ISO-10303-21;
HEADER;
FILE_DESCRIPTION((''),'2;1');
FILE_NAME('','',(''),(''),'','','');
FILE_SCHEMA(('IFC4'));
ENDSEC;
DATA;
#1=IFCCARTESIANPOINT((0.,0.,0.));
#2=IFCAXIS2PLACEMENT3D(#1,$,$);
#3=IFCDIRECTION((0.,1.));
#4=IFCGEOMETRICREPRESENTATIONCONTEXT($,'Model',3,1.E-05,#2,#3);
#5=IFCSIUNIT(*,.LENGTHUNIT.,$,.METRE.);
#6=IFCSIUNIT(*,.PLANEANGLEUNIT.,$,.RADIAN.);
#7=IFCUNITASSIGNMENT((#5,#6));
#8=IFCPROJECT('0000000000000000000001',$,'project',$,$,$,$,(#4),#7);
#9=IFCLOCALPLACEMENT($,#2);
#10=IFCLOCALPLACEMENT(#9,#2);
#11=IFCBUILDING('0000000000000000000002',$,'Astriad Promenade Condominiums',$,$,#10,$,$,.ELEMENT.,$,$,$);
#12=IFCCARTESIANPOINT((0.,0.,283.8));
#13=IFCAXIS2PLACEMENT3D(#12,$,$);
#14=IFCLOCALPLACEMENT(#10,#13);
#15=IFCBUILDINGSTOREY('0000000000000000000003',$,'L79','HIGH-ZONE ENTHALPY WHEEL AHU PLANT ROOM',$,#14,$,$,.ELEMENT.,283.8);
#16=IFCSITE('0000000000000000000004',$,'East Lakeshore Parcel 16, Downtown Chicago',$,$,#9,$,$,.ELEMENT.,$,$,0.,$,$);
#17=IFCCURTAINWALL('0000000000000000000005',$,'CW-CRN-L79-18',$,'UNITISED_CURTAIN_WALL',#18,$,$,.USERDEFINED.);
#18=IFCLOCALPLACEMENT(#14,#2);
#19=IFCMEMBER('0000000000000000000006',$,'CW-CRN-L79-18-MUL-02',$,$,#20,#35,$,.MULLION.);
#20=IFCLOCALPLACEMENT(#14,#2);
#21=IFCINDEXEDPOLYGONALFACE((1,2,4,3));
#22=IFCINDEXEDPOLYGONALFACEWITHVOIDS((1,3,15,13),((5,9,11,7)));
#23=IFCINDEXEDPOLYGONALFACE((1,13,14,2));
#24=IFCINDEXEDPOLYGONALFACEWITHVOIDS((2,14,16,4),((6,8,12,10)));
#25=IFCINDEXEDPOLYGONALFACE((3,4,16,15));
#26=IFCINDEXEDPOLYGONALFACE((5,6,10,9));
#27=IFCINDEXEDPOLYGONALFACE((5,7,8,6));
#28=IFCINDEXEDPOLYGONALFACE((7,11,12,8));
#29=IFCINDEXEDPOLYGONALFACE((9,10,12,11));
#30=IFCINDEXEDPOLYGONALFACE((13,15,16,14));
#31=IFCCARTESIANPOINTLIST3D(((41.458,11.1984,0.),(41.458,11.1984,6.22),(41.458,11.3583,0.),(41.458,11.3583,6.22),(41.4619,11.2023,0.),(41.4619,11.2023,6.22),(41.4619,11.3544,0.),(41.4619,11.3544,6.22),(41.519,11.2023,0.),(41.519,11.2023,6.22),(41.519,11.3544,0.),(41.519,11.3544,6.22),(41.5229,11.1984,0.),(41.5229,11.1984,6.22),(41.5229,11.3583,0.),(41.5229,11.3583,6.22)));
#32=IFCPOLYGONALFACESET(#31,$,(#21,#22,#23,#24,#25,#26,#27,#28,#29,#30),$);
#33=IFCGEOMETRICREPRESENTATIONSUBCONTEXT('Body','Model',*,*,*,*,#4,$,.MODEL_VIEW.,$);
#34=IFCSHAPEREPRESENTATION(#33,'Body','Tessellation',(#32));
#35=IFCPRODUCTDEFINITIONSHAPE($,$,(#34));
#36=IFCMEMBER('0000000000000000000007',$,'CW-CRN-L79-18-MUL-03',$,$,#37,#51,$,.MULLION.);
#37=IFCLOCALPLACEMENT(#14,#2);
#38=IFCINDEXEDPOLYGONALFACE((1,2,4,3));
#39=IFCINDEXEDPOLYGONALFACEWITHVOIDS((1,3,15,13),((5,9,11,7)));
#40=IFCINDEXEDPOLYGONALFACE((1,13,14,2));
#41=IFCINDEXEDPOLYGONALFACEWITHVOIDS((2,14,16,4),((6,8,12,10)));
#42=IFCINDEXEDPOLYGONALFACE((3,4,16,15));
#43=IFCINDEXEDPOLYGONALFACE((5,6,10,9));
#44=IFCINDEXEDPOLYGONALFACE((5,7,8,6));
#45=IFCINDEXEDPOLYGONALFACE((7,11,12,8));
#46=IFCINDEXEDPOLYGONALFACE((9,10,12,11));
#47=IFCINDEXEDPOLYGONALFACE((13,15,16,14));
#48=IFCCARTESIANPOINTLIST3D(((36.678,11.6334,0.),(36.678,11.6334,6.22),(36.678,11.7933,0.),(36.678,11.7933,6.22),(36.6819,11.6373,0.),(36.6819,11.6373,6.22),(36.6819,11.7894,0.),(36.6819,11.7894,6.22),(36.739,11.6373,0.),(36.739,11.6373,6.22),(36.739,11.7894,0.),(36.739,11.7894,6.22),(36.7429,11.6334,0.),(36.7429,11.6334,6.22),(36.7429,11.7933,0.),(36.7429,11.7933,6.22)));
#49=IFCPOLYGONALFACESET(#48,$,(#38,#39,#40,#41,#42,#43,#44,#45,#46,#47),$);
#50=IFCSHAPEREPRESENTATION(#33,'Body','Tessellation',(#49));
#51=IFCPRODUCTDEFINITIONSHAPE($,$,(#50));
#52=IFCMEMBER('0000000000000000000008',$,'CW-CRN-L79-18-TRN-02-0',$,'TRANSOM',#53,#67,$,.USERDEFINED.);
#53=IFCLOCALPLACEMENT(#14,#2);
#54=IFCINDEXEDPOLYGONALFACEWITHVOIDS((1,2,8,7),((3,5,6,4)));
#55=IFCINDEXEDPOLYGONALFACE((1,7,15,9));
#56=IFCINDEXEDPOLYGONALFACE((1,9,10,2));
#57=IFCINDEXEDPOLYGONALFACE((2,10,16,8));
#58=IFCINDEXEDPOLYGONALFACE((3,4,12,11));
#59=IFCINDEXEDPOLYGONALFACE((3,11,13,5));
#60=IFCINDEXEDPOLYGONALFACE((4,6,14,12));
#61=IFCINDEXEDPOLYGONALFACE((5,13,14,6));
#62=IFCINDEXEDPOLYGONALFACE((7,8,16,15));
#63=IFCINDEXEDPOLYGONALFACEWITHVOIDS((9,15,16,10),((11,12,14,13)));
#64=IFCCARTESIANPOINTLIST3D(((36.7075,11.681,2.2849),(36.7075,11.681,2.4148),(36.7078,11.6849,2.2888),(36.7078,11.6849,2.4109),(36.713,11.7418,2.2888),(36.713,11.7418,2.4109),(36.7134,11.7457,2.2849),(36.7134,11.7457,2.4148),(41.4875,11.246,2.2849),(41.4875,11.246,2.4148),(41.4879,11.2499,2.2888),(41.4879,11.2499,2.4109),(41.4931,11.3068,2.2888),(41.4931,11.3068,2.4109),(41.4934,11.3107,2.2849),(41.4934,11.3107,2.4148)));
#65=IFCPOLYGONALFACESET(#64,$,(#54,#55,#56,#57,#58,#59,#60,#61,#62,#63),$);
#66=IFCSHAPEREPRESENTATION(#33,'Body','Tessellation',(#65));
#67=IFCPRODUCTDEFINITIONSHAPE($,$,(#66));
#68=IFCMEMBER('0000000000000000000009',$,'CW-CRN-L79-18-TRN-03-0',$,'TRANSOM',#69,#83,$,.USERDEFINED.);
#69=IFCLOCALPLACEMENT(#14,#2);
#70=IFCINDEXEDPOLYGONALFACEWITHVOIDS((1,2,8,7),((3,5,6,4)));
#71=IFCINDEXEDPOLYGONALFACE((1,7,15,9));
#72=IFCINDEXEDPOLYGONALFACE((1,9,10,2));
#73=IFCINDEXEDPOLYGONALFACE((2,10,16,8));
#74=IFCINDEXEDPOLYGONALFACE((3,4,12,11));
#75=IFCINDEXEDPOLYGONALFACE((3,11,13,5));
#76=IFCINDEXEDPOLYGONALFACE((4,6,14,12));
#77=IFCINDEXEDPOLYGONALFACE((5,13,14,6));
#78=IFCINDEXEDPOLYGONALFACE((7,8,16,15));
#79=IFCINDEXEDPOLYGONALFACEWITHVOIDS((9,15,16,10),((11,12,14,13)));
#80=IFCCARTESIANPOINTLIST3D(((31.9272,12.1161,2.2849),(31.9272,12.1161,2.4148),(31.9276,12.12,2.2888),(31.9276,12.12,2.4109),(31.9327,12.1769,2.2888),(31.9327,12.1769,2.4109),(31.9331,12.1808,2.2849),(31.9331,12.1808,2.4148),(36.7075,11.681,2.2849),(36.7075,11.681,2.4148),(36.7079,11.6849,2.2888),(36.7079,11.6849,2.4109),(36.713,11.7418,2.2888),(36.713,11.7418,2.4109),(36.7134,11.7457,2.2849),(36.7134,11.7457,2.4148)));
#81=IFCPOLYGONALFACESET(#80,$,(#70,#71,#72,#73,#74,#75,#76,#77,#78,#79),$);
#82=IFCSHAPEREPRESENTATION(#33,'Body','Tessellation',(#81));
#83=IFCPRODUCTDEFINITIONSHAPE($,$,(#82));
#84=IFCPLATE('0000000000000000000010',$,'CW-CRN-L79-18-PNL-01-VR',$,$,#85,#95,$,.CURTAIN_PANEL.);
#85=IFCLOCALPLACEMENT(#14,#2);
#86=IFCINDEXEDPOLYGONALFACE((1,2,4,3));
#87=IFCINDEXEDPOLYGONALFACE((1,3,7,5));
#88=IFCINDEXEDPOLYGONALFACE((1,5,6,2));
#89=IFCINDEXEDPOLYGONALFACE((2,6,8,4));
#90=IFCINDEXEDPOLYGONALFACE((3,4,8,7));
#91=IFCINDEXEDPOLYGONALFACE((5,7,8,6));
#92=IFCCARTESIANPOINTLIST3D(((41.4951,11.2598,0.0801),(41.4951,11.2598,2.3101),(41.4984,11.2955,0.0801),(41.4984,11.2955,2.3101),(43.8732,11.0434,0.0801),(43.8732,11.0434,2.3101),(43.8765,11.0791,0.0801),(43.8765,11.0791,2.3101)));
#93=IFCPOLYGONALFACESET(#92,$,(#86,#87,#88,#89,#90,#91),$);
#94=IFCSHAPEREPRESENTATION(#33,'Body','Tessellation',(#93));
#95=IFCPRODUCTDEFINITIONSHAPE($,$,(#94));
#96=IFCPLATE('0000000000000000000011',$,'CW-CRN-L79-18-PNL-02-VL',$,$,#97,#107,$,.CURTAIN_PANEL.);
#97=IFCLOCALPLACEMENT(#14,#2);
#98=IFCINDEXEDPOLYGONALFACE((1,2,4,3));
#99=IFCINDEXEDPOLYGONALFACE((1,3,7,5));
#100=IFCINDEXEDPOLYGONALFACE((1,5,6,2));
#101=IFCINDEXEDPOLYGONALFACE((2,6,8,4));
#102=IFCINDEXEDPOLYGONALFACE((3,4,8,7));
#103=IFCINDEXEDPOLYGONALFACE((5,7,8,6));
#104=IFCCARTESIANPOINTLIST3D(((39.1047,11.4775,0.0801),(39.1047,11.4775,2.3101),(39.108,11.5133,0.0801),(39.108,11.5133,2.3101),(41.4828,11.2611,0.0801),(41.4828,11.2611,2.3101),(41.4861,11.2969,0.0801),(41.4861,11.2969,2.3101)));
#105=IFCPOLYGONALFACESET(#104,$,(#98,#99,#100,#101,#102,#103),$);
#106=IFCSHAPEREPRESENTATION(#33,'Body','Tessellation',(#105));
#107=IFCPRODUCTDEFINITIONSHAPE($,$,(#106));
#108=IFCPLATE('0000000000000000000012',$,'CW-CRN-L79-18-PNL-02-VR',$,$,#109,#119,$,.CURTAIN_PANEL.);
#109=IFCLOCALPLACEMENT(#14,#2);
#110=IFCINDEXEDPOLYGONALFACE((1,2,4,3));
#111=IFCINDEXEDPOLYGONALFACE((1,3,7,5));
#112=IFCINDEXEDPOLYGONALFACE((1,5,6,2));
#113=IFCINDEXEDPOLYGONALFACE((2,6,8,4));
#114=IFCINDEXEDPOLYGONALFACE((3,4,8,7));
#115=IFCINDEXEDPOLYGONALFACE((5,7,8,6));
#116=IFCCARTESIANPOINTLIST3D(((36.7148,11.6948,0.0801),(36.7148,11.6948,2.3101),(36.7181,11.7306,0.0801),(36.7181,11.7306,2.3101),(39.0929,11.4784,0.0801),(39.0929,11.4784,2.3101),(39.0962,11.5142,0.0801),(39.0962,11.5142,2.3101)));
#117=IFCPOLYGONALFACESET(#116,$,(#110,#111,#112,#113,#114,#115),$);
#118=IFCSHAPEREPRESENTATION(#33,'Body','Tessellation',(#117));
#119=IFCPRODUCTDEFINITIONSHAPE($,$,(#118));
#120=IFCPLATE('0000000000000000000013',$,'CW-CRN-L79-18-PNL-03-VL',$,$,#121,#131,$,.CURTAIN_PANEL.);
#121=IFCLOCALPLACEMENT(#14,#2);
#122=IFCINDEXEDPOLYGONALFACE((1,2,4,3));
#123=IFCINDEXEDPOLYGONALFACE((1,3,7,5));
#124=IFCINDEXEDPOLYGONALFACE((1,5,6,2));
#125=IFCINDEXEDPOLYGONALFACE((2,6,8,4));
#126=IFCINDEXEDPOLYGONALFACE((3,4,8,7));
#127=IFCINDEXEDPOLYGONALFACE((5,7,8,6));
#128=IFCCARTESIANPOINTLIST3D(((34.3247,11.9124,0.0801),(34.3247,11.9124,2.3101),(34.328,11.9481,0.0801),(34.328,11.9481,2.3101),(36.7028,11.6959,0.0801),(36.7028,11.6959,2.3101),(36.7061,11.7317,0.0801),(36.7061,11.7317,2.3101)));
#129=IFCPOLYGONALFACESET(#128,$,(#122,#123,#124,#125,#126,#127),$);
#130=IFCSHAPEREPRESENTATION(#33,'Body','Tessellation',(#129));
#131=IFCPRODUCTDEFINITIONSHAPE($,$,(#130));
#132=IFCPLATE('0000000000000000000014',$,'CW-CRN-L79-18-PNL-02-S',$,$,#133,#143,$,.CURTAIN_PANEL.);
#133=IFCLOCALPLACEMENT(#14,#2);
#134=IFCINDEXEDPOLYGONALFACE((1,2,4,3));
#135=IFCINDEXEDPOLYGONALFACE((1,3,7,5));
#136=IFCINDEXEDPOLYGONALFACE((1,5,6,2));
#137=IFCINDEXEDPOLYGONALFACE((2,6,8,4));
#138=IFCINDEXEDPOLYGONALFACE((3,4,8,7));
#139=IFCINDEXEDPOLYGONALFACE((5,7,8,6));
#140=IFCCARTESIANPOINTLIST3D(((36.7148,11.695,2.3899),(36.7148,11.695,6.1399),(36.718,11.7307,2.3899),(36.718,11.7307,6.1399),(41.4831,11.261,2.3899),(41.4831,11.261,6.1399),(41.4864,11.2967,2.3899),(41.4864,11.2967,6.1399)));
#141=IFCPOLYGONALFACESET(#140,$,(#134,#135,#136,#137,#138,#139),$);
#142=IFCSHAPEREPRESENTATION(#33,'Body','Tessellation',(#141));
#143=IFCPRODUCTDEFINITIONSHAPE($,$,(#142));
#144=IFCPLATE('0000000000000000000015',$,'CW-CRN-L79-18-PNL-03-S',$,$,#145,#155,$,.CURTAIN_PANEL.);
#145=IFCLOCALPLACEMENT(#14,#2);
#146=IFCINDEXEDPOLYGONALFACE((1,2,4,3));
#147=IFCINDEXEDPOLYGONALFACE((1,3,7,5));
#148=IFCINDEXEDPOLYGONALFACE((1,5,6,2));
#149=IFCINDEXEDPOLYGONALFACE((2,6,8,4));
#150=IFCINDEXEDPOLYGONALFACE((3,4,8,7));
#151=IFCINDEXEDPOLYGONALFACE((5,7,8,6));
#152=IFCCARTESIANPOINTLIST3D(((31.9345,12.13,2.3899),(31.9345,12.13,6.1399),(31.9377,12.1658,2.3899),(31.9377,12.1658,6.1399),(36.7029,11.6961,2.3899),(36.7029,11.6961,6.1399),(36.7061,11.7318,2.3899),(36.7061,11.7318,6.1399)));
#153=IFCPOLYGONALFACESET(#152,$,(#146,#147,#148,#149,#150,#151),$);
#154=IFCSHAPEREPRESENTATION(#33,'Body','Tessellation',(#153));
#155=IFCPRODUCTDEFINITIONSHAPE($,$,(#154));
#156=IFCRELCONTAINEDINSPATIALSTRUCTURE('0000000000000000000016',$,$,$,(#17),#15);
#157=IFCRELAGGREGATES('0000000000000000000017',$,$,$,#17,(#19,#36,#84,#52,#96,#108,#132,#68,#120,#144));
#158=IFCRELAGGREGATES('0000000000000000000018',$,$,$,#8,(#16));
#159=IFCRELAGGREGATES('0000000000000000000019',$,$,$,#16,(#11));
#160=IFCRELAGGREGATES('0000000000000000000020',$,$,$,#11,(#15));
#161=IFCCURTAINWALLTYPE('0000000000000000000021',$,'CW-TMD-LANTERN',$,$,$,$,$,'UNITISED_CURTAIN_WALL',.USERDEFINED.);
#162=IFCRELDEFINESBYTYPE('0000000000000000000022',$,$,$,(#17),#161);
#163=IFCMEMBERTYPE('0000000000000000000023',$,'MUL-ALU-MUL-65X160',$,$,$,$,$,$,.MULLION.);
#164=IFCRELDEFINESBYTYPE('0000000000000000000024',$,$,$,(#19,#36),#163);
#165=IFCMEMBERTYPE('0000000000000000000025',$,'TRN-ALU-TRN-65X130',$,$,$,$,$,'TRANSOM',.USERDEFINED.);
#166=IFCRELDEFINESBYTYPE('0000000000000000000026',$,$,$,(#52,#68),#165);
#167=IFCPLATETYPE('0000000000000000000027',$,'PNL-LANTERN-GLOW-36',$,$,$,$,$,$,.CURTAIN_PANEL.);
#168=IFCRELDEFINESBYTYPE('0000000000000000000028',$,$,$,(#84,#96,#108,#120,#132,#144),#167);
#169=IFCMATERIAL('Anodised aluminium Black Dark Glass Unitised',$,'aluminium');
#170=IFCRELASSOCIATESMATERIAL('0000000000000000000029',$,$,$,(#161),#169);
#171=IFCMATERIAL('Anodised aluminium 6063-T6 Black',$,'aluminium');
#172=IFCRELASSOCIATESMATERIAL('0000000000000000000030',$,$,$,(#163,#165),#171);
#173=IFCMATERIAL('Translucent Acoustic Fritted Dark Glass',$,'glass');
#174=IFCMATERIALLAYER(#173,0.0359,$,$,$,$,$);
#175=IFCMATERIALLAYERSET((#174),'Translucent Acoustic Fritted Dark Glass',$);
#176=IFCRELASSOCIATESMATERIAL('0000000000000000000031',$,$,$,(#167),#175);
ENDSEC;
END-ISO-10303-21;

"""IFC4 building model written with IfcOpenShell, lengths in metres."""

from ifc_helpers import new_model, si_unit, direction, frame, origin, origin_2d, place, context, subcontext, project, spatial, rectangle, hollow_rectangle, extrude, source, transform, mapped, material, layer, layer_set, material_profile, profile_set, type_object, type_shapes, element, aggregate, save


model = new_model("IFC4")

# Units and contexts
model_context = context("Model", 3, precision=1e-05, world=origin(), true_north=direction((0.0, 1.0)))
body_context = subcontext(model_context, "Body", "Model", "MODEL_VIEW")
ifc_project = project(units=[si_unit("LENGTHUNIT", "METRE"), si_unit("PLANEANGLEUNIT", "RADIAN")], contexts=[model_context])

# Site, building, storey
site_placement = place(None, origin())
site = spatial("IfcSite", under=ifc_project, at=site_placement, Name="East Lakeshore Parcel 16, Downtown Chicago", CompositionType="ELEMENT", RefElevation=0.0)
building_placement = place(site_placement, origin())
building = spatial("IfcBuilding", under=site, at=building_placement, Name="Astriad Promenade Condominiums", CompositionType="ELEMENT")
storey_placement = place(building_placement, frame((0.0, 0.0, 283.8)))
storey = spatial("IfcBuildingStorey", under=building, at=storey_placement, Name="L79", Description="HIGH-ZONE ENTHALPY WHEEL AHU PLANT ROOM", CompositionType="ELEMENT", Elevation=283.8)

# Curtain wall, members, plates
ifc_material_1 = material(Name="Anodised aluminium Black Dark Glass Unitised", Category="aluminium")
curtain_wall_type = type_object("IfcCurtainWallType", Name="CW-TMD-LANTERN", ElementType="UNITISED_CURTAIN_WALL", PredefinedType="USERDEFINED", material=ifc_material_1)
curtain_wall_placement = place(storey_placement, origin())
curtain_wall = element("IfcCurtainWall", 1, at=curtain_wall_placement, inside=storey, type_object=curtain_wall_type, Name="CW-CRN-L79-18", ObjectType="UNITISED_CURTAIN_WALL", PredefinedType="USERDEFINED")
ifc_material_2 = material(Name="Anodised aluminium 6063-T6 Black", Category="aluminium")
ifc_material_profile_1 = material_profile(ifc_material_2, hollow_rectangle(XDim=0.0649, YDim=0.1599, WallThickness=0.0039, at=origin_2d()), Name="ALU-MUL-65X160")
ifc_profile_set_1 = profile_set([ifc_material_profile_1], Name="Anodised aluminium 6063-T6 Black")
member_type_1 = type_object("IfcMemberType", Name="MUL-ALU-MUL-65X160", PredefinedType="MULLION", material=ifc_profile_set_1)
shared_shape_1 = source(origin(), body_context, "Body", "SweptSolid", [
    extrude(hollow_rectangle(XDim=0.0649, YDim=0.1599, WallThickness=0.0039, at=origin_2d()), origin(), (0.0, 0.0, 1.0), 6.22),
])
type_shapes(member_type_1, [shared_shape_1])
member_1_placement = place(storey_placement, frame((41.4905, 11.2783, 0.0), z_axis=(0.0, 0.0, 1.0), x_axis=(1.0, 0.0, 0.0)))
member_1 = element("IfcMember", 2, at=member_1_placement, type_object=member_type_1, Name="CW-CRN-L79-18-MUL-02", PredefinedType="MULLION", context=body_context, shape_type="MappedRepresentation", body=[
    mapped(shared_shape_1, transform((0.0, 0.0, 0.0), scale=1.0)),
])
member_2_placement = place(storey_placement, frame((36.7104, 11.7134, 0.0), z_axis=(0.0, 0.0, 1.0), x_axis=(1.0, 0.0, 0.0)))
member_2 = element("IfcMember", 3, at=member_2_placement, type_object=member_type_1, Name="CW-CRN-L79-18-MUL-03", PredefinedType="MULLION", context=body_context, shape_type="MappedRepresentation", body=[
    mapped(shared_shape_1, transform((0.0, 0.0, 0.0), scale=1.0)),
])
ifc_material_profile_2 = material_profile(ifc_material_2, hollow_rectangle(XDim=0.0649, YDim=0.1299, WallThickness=0.0039, at=origin_2d()), Name="ALU-TRN-65X130")
ifc_profile_set_2 = profile_set([ifc_material_profile_2], Name="Anodised aluminium 6063-T6 Black")
member_type_2 = type_object("IfcMemberType", Name="TRN-ALU-TRN-65X130", ElementType="TRANSOM", PredefinedType="USERDEFINED", material=ifc_profile_set_2)
shared_shape_2 = source(origin(), body_context, "Body", "SweptSolid", [
    extrude(hollow_rectangle(XDim=0.0649, YDim=0.1299, WallThickness=0.0039, at=origin_2d()), origin(), (0.0, 0.0, 1.0), 4.7998),
])
member_3_placement = place(storey_placement, frame((41.4905, 11.2783, 2.3499), z_axis=(-0.995884, 0.090641, 0.0), x_axis=(-0.090641, -0.995884, 0.0)))
member_3 = element("IfcMember", 4, at=member_3_placement, type_object=member_type_2, Name="CW-CRN-L79-18-TRN-02-0", ObjectType="TRANSOM", PredefinedType="USERDEFINED", context=body_context, shape_type="MappedRepresentation", body=[
    mapped(shared_shape_2, transform((0.0, 0.0, 0.0), scale=1.0)),
])
shared_shape_3 = source(origin(), body_context, "Body", "SweptSolid", [
    extrude(hollow_rectangle(XDim=0.0649, YDim=0.1299, WallThickness=0.0039, at=origin_2d()), origin(), (0.0, 0.0, 1.0), 4.8),
])
type_shapes(member_type_2, [shared_shape_2, shared_shape_3])
member_4_placement = place(storey_placement, frame((36.7104, 11.7134, 2.3499), z_axis=(-0.995884, 0.090637, 0.0), x_axis=(-0.090637, -0.995884, 0.0)))
member_4 = element("IfcMember", 5, at=member_4_placement, type_object=member_type_2, Name="CW-CRN-L79-18-TRN-03-0", ObjectType="TRANSOM", PredefinedType="USERDEFINED", context=body_context, shape_type="MappedRepresentation", body=[
    mapped(shared_shape_3, transform((0.0, 0.0, 0.0), scale=1.0)),
])
ifc_material_3 = material(Name="Translucent Acoustic Fritted Dark Glass", Category="glass")
ifc_layer_1 = layer(ifc_material_3, 0.0359)
ifc_layer_set_1 = layer_set([ifc_layer_1], Name="Translucent Acoustic Fritted Dark Glass")
plate_type = type_object("IfcPlateType", Name="PNL-LANTERN-GLOW-36", PredefinedType="CURTAIN_PANEL", material=ifc_layer_set_1)
shared_shape_4 = source(origin(), body_context, "Body", "SweptSolid", [
    extrude(rectangle(XDim=2.3879, YDim=0.0359, at=origin_2d()), origin(), (0.0, 0.0, 1.0), 2.23),
])
plate_1_placement = place(storey_placement, frame((42.6858, 11.1694, 0.0801), z_axis=(0.0, 0.0, 1.0), x_axis=(-0.995884, 0.090633, 0.0)))
plate_1 = element("IfcPlate", 6, at=plate_1_placement, type_object=plate_type, Name="CW-CRN-L79-18-PNL-01-VR", PredefinedType="CURTAIN_PANEL", context=body_context, shape_type="MappedRepresentation", body=[
    mapped(shared_shape_4, transform((0.0, 0.0, 0.0), scale=1.0)),
])
plate_2_placement = place(storey_placement, frame((40.2954, 11.3872, 0.0801), z_axis=(0.0, 0.0, 1.0), x_axis=(-0.995884, 0.090633, 0.0)))
plate_2 = element("IfcPlate", 7, at=plate_2_placement, type_object=plate_type, Name="CW-CRN-L79-18-PNL-02-VL", PredefinedType="CURTAIN_PANEL", context=body_context, shape_type="MappedRepresentation", body=[
    mapped(shared_shape_4, transform((0.0, 0.0, 0.0), scale=1.0)),
])
plate_3_placement = place(storey_placement, frame((37.9055, 11.6045, 0.0801), z_axis=(0.0, 0.0, 1.0), x_axis=(-0.995884, 0.090633, 0.0)))
plate_3 = element("IfcPlate", 8, at=plate_3_placement, type_object=plate_type, Name="CW-CRN-L79-18-PNL-02-VR", PredefinedType="CURTAIN_PANEL", context=body_context, shape_type="MappedRepresentation", body=[
    mapped(shared_shape_4, transform((0.0, 0.0, 0.0), scale=1.0)),
])
plate_4_placement = place(storey_placement, frame((35.5154, 11.822, 0.0801), z_axis=(0.0, 0.0, 1.0), x_axis=(-0.995884, 0.090633, 0.0)))
plate_4 = element("IfcPlate", 9, at=plate_4_placement, type_object=plate_type, Name="CW-CRN-L79-18-PNL-03-VL", PredefinedType="CURTAIN_PANEL", context=body_context, shape_type="MappedRepresentation", body=[
    mapped(shared_shape_4, transform((0.0, 0.0, 0.0), scale=1.0)),
])
shared_shape_5 = source(origin(), body_context, "Body", "SweptSolid", [
    extrude(rectangle(XDim=4.7881, YDim=0.0359, at=origin_2d()), origin(), (0.0, 0.0, 1.0), 3.75),
])
type_shapes(plate_type, [shared_shape_4, shared_shape_5])
plate_5_placement = place(storey_placement, frame((39.1006, 11.4958, 2.3899), z_axis=(0.0, 0.0, 1.0), x_axis=(-0.995884, 0.090633, 0.0)))
plate_5 = element("IfcPlate", 10, at=plate_5_placement, type_object=plate_type, Name="CW-CRN-L79-18-PNL-02-S", PredefinedType="CURTAIN_PANEL", context=body_context, shape_type="MappedRepresentation", body=[
    mapped(shared_shape_5, transform((0.0, 0.0, 0.0), scale=1.0)),
])
plate_6_placement = place(storey_placement, frame((34.3203, 11.9309, 2.3899), z_axis=(0.0, 0.0, 1.0), x_axis=(-0.995884, 0.090633, 0.0)))
plate_6 = element("IfcPlate", 11, at=plate_6_placement, type_object=plate_type, Name="CW-CRN-L79-18-PNL-03-S", PredefinedType="CURTAIN_PANEL", context=body_context, shape_type="MappedRepresentation", body=[
    mapped(shared_shape_5, transform((0.0, 0.0, 0.0), scale=1.0)),
])
aggregate(curtain_wall, [member_1, member_2, plate_1, member_3, plate_2, plate_3, plate_5, member_4, plate_4, plate_6])

save(model, "model.ifc")
